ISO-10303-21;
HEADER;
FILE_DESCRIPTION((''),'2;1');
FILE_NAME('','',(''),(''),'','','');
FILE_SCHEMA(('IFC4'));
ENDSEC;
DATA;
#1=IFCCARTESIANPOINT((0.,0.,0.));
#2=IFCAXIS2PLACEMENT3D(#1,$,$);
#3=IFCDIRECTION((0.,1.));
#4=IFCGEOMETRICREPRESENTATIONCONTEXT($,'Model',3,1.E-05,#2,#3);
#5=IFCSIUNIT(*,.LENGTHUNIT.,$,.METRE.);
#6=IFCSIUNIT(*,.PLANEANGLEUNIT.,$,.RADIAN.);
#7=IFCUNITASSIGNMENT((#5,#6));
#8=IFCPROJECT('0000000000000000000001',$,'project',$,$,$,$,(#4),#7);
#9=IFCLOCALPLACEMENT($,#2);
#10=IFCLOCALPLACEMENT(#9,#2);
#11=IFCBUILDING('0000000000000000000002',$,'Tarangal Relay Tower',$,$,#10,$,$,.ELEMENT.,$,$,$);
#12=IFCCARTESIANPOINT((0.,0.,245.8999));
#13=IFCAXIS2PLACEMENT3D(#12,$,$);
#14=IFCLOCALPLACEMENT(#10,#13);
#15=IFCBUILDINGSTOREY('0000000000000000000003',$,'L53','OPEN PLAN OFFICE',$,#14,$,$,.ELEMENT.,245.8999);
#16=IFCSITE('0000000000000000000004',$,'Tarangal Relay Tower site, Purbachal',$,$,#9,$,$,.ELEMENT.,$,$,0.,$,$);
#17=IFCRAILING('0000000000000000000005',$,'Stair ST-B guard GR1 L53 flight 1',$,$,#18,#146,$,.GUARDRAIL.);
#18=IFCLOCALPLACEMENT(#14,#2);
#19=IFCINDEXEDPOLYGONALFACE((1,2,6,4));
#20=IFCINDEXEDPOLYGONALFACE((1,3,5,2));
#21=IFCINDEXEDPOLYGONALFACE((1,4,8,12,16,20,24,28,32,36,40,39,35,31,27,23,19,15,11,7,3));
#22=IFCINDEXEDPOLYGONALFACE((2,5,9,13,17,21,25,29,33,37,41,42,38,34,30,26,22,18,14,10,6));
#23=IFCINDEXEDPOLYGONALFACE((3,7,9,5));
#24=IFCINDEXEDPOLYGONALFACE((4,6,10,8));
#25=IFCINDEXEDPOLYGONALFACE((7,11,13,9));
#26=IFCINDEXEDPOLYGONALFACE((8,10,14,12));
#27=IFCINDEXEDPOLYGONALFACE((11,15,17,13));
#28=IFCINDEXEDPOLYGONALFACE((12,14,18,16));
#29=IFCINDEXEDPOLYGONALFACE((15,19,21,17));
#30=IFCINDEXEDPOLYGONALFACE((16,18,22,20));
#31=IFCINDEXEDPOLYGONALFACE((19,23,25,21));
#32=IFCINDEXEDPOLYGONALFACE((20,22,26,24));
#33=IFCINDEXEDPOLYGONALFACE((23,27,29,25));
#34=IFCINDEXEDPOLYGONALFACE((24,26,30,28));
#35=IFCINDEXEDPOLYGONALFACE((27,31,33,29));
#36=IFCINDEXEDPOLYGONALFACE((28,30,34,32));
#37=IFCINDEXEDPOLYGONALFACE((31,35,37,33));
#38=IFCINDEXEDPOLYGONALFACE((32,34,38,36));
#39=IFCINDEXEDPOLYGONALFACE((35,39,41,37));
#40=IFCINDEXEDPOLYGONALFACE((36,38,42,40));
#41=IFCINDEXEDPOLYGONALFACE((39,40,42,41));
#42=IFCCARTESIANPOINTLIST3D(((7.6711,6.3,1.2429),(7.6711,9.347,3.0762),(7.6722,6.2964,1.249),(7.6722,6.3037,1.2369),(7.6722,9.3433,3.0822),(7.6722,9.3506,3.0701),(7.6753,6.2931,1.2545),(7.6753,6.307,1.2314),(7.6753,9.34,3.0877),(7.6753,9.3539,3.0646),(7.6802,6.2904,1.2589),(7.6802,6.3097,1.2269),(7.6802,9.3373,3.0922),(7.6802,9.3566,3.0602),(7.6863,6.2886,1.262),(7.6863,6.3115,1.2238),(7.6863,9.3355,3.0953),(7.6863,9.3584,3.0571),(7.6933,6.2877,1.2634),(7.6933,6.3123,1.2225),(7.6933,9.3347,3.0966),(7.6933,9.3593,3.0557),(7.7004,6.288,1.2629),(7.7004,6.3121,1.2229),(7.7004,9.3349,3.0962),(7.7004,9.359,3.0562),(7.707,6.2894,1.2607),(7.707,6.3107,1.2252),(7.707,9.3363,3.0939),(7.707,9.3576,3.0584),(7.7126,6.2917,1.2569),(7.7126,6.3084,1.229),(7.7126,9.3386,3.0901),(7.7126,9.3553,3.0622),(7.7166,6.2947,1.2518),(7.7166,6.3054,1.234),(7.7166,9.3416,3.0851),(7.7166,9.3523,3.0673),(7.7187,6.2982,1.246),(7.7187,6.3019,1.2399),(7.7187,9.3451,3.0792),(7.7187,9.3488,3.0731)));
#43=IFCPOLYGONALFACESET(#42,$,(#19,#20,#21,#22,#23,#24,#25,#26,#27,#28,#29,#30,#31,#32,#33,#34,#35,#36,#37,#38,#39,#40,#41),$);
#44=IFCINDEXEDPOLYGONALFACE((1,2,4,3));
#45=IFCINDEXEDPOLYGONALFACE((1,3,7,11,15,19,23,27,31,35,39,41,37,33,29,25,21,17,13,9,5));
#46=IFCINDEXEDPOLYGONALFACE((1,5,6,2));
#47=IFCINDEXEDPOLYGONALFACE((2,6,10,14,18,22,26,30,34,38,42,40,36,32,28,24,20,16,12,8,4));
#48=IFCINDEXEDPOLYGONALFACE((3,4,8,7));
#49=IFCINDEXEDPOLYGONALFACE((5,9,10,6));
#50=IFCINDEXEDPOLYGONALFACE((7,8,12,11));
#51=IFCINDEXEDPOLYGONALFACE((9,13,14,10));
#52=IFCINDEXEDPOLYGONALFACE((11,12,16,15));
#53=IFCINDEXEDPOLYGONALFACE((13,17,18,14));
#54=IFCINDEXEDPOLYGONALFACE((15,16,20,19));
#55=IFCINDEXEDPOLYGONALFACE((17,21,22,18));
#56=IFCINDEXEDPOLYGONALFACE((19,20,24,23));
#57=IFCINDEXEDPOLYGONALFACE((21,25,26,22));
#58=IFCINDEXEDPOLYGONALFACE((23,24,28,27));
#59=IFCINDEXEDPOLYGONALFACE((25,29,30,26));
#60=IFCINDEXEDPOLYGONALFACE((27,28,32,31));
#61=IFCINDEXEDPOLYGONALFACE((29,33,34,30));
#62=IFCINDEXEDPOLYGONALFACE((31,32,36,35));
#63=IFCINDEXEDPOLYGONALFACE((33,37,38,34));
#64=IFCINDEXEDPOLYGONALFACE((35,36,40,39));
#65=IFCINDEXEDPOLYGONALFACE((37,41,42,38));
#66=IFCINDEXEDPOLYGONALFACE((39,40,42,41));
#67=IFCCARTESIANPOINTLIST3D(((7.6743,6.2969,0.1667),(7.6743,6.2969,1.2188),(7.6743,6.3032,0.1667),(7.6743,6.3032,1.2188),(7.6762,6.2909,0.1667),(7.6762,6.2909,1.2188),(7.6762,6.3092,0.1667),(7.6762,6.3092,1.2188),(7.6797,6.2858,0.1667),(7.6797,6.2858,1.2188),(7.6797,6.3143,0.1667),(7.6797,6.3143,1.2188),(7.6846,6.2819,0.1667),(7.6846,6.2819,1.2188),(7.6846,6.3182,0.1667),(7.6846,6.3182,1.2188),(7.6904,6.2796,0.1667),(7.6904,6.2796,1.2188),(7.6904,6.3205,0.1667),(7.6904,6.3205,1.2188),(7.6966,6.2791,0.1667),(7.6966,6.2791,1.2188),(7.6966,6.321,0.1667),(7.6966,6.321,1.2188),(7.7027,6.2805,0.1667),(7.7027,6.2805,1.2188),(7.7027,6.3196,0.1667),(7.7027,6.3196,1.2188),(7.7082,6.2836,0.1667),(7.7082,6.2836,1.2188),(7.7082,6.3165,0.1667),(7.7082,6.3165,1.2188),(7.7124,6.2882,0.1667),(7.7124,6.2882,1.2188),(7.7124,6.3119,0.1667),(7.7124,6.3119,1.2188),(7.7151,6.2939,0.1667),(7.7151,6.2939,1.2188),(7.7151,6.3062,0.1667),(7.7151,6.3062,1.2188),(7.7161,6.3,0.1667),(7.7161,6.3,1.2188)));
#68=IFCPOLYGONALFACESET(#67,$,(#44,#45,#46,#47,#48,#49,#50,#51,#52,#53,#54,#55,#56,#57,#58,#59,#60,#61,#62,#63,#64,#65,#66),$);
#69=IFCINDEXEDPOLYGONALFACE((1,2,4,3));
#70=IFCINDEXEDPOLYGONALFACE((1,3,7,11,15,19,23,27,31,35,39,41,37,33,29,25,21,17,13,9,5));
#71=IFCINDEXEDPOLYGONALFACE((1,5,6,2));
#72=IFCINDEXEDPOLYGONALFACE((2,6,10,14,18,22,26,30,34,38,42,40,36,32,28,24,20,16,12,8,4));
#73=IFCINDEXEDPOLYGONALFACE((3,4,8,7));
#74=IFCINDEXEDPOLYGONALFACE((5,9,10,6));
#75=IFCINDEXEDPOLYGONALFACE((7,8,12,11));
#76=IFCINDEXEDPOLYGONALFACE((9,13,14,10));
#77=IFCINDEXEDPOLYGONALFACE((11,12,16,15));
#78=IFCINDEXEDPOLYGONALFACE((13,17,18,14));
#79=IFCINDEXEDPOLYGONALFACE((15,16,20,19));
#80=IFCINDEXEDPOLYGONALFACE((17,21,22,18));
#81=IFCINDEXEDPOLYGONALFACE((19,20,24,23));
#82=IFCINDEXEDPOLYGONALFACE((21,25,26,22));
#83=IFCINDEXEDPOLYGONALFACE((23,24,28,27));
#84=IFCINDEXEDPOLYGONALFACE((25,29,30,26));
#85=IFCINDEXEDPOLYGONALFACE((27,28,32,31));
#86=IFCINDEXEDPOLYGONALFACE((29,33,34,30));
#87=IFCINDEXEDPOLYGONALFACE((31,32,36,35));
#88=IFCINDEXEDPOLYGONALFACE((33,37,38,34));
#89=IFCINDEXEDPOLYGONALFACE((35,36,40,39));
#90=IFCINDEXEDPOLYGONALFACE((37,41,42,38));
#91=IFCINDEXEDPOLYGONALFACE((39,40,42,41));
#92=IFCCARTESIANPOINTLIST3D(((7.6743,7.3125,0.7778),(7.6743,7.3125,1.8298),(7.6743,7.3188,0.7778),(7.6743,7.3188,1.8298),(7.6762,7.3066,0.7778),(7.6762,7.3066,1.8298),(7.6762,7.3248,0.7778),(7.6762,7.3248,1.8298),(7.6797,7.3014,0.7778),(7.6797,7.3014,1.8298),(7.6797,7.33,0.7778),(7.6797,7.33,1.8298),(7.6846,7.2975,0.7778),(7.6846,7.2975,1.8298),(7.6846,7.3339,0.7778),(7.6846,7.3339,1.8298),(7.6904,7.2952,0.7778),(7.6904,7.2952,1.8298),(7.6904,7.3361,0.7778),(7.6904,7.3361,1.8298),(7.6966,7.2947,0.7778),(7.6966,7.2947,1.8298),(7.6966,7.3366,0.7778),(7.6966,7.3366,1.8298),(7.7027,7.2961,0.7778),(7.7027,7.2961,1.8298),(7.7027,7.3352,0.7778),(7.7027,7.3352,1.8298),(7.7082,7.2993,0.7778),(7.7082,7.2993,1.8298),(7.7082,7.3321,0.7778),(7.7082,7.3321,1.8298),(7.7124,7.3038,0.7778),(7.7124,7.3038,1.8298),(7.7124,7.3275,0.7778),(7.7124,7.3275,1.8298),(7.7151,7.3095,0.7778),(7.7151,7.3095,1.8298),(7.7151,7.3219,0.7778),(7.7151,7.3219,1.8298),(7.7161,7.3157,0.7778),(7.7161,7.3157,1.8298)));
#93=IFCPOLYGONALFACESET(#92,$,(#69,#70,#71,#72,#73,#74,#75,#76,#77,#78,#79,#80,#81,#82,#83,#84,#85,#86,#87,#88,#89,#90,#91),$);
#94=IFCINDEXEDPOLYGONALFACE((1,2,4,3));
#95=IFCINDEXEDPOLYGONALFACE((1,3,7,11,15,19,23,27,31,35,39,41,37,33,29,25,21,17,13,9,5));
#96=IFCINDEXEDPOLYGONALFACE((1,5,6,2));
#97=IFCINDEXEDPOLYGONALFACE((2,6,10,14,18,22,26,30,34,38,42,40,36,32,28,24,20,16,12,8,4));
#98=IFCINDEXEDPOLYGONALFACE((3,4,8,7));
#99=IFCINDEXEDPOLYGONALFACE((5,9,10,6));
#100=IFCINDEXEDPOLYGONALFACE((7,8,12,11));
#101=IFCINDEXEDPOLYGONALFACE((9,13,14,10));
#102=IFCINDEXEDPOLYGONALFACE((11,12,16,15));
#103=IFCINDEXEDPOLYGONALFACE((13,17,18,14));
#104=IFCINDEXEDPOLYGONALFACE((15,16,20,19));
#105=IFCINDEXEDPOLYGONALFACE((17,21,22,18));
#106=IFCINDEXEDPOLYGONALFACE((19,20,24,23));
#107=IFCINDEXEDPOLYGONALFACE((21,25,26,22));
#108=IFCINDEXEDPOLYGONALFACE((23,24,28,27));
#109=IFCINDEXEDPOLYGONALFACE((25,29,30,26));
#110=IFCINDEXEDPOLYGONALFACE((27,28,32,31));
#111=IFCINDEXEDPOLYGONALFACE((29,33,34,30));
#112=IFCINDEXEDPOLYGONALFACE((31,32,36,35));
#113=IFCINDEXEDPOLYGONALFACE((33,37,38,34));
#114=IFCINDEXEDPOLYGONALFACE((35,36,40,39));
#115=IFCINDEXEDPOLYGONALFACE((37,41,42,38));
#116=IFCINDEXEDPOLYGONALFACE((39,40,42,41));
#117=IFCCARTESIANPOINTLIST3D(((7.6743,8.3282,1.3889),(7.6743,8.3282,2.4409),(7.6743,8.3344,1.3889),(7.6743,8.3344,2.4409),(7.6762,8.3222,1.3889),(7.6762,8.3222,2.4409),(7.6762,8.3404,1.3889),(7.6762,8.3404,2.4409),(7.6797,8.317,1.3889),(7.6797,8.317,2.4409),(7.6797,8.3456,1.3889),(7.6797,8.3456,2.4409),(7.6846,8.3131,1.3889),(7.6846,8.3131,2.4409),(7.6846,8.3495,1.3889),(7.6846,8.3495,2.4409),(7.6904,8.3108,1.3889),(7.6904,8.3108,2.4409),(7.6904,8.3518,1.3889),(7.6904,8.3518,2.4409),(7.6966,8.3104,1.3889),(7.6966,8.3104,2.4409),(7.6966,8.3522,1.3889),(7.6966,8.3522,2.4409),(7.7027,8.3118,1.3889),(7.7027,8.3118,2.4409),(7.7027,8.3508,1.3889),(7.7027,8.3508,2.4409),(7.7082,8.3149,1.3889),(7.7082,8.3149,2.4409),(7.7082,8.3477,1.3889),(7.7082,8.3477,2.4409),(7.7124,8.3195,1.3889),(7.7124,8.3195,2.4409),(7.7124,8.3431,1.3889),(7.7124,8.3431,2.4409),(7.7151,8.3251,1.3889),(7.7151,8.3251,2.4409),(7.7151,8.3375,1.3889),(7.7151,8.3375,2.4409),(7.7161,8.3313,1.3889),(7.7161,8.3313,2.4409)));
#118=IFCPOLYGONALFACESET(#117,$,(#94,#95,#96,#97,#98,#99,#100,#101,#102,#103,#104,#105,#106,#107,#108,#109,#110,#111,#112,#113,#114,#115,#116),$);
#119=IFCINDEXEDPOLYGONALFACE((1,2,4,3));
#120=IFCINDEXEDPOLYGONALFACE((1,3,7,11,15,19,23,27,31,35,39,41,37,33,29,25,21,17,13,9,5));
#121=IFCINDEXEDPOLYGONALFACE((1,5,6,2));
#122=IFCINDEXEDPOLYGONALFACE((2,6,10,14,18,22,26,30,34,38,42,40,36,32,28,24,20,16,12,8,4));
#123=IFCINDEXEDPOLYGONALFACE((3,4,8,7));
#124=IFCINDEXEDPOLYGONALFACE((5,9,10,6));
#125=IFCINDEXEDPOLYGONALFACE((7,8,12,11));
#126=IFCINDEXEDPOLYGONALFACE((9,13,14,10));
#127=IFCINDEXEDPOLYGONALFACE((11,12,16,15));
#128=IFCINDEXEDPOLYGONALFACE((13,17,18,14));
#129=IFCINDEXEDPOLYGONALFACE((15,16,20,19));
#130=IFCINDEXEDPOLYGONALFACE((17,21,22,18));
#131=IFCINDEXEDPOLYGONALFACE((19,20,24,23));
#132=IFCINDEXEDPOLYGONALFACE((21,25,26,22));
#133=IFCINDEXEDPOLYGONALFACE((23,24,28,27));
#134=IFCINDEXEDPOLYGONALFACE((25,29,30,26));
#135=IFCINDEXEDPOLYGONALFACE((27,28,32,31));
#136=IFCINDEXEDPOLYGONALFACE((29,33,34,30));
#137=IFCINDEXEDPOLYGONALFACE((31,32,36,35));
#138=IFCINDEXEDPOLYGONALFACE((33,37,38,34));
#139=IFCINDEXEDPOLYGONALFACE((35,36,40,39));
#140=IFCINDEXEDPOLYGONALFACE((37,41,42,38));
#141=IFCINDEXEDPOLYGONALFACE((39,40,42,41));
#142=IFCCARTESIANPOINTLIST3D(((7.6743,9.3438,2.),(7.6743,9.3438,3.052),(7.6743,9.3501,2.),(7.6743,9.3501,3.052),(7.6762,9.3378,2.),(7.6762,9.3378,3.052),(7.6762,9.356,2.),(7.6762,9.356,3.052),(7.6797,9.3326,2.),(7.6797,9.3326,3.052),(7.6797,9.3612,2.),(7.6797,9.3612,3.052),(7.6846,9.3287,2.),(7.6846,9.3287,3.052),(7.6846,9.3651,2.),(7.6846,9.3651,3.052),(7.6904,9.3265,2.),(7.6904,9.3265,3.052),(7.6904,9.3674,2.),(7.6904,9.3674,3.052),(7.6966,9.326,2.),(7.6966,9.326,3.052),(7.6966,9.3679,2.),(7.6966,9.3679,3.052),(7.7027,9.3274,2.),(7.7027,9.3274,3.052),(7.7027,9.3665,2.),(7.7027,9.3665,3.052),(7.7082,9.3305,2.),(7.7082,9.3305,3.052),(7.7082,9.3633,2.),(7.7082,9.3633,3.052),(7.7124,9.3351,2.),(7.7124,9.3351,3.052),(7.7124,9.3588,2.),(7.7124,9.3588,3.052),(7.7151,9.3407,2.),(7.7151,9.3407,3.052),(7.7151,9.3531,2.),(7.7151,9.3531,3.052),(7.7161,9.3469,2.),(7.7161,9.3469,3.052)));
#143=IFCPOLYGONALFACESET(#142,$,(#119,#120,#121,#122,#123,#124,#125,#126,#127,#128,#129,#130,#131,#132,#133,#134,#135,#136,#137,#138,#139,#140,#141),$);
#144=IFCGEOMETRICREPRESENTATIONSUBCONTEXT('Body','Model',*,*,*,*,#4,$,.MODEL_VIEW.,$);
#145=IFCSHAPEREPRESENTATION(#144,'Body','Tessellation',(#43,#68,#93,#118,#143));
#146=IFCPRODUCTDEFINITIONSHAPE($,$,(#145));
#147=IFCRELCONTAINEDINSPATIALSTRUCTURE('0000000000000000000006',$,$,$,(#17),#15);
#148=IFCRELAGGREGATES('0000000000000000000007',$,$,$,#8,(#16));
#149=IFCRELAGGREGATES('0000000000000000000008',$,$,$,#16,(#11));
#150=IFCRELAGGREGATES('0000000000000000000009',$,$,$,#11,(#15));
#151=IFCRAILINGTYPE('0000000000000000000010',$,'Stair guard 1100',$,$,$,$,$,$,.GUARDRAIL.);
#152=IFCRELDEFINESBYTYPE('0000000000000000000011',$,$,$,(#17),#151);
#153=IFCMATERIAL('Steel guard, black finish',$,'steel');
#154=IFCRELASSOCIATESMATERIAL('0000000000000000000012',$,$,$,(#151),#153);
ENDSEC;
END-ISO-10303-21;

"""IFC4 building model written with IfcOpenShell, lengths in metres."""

from ifc_helpers import new_model, si_unit, direction, frame, origin, origin_2d, place, context, subcontext, project, spatial, circle, extrude, material, type_object, element, save


model = new_model("IFC4")

# Units and contexts
model_context = context("Model", 3, precision=1e-05, world=origin(), true_north=direction((0.0, 1.0)))
body_context = subcontext(model_context, "Body", "Model", "MODEL_VIEW")
ifc_project = project(units=[si_unit("LENGTHUNIT", "METRE"), si_unit("PLANEANGLEUNIT", "RADIAN")], contexts=[model_context])

# Site, building, storey
site_placement = place(None, origin())
site = spatial("IfcSite", under=ifc_project, at=site_placement, Name="Tarangal Relay Tower site, Purbachal", CompositionType="ELEMENT", RefElevation=0.0)
building_placement = place(site_placement, origin())
building = spatial("IfcBuilding", under=site, at=building_placement, Name="Tarangal Relay Tower", CompositionType="ELEMENT")
storey_placement = place(building_placement, frame((0.0, 0.0, 245.8999)))
storey = spatial("IfcBuildingStorey", under=building, at=storey_placement, Name="L53", Description="OPEN PLAN OFFICE", CompositionType="ELEMENT", Elevation=245.8999)

# Railing
ifc_material_1 = material(Name="Steel guard, black finish", Category="steel")
railing_type_1 = type_object("IfcRailingType", Name="Stair guard 1100", PredefinedType="GUARDRAIL", material=ifc_material_1)
railing_1_placement = place(storey_placement, frame((7.6951, 6.3, 0.1667)))
element("IfcRailing", 1, at=railing_1_placement, inside=storey, type_object=railing_type_1, Name="Stair ST-B guard GR1 L53 flight 1", PredefinedType="GUARDRAIL", context=body_context, shape_type="SweptSolid", body=[
    extrude(circle(Radius=0.0239, at=origin_2d()), frame((0.0, 0.0, 1.0762), z_axis=(0.0, 0.856856, 0.515556), x_axis=(-1.0, 0.0, 0.0)), (0.0, 0.0, 1.0), 3.5559),
    extrude(circle(Radius=0.021, at=origin_2d()), origin(), (0.0, 0.0, 1.0), 1.052),
    extrude(circle(Radius=0.021, at=origin_2d()), frame((0.0, 1.0156, 0.6111)), (0.0, 0.0, 1.0), 1.052),
    extrude(circle(Radius=0.021, at=origin_2d()), frame((0.0, 2.0312, 1.2222)), (0.0, 0.0, 1.0), 1.052),
    extrude(circle(Radius=0.021, at=origin_2d()), frame((0.0, 3.0469, 1.8333)), (0.0, 0.0, 1.0), 1.052),
])

save(model, "model.ifc")
